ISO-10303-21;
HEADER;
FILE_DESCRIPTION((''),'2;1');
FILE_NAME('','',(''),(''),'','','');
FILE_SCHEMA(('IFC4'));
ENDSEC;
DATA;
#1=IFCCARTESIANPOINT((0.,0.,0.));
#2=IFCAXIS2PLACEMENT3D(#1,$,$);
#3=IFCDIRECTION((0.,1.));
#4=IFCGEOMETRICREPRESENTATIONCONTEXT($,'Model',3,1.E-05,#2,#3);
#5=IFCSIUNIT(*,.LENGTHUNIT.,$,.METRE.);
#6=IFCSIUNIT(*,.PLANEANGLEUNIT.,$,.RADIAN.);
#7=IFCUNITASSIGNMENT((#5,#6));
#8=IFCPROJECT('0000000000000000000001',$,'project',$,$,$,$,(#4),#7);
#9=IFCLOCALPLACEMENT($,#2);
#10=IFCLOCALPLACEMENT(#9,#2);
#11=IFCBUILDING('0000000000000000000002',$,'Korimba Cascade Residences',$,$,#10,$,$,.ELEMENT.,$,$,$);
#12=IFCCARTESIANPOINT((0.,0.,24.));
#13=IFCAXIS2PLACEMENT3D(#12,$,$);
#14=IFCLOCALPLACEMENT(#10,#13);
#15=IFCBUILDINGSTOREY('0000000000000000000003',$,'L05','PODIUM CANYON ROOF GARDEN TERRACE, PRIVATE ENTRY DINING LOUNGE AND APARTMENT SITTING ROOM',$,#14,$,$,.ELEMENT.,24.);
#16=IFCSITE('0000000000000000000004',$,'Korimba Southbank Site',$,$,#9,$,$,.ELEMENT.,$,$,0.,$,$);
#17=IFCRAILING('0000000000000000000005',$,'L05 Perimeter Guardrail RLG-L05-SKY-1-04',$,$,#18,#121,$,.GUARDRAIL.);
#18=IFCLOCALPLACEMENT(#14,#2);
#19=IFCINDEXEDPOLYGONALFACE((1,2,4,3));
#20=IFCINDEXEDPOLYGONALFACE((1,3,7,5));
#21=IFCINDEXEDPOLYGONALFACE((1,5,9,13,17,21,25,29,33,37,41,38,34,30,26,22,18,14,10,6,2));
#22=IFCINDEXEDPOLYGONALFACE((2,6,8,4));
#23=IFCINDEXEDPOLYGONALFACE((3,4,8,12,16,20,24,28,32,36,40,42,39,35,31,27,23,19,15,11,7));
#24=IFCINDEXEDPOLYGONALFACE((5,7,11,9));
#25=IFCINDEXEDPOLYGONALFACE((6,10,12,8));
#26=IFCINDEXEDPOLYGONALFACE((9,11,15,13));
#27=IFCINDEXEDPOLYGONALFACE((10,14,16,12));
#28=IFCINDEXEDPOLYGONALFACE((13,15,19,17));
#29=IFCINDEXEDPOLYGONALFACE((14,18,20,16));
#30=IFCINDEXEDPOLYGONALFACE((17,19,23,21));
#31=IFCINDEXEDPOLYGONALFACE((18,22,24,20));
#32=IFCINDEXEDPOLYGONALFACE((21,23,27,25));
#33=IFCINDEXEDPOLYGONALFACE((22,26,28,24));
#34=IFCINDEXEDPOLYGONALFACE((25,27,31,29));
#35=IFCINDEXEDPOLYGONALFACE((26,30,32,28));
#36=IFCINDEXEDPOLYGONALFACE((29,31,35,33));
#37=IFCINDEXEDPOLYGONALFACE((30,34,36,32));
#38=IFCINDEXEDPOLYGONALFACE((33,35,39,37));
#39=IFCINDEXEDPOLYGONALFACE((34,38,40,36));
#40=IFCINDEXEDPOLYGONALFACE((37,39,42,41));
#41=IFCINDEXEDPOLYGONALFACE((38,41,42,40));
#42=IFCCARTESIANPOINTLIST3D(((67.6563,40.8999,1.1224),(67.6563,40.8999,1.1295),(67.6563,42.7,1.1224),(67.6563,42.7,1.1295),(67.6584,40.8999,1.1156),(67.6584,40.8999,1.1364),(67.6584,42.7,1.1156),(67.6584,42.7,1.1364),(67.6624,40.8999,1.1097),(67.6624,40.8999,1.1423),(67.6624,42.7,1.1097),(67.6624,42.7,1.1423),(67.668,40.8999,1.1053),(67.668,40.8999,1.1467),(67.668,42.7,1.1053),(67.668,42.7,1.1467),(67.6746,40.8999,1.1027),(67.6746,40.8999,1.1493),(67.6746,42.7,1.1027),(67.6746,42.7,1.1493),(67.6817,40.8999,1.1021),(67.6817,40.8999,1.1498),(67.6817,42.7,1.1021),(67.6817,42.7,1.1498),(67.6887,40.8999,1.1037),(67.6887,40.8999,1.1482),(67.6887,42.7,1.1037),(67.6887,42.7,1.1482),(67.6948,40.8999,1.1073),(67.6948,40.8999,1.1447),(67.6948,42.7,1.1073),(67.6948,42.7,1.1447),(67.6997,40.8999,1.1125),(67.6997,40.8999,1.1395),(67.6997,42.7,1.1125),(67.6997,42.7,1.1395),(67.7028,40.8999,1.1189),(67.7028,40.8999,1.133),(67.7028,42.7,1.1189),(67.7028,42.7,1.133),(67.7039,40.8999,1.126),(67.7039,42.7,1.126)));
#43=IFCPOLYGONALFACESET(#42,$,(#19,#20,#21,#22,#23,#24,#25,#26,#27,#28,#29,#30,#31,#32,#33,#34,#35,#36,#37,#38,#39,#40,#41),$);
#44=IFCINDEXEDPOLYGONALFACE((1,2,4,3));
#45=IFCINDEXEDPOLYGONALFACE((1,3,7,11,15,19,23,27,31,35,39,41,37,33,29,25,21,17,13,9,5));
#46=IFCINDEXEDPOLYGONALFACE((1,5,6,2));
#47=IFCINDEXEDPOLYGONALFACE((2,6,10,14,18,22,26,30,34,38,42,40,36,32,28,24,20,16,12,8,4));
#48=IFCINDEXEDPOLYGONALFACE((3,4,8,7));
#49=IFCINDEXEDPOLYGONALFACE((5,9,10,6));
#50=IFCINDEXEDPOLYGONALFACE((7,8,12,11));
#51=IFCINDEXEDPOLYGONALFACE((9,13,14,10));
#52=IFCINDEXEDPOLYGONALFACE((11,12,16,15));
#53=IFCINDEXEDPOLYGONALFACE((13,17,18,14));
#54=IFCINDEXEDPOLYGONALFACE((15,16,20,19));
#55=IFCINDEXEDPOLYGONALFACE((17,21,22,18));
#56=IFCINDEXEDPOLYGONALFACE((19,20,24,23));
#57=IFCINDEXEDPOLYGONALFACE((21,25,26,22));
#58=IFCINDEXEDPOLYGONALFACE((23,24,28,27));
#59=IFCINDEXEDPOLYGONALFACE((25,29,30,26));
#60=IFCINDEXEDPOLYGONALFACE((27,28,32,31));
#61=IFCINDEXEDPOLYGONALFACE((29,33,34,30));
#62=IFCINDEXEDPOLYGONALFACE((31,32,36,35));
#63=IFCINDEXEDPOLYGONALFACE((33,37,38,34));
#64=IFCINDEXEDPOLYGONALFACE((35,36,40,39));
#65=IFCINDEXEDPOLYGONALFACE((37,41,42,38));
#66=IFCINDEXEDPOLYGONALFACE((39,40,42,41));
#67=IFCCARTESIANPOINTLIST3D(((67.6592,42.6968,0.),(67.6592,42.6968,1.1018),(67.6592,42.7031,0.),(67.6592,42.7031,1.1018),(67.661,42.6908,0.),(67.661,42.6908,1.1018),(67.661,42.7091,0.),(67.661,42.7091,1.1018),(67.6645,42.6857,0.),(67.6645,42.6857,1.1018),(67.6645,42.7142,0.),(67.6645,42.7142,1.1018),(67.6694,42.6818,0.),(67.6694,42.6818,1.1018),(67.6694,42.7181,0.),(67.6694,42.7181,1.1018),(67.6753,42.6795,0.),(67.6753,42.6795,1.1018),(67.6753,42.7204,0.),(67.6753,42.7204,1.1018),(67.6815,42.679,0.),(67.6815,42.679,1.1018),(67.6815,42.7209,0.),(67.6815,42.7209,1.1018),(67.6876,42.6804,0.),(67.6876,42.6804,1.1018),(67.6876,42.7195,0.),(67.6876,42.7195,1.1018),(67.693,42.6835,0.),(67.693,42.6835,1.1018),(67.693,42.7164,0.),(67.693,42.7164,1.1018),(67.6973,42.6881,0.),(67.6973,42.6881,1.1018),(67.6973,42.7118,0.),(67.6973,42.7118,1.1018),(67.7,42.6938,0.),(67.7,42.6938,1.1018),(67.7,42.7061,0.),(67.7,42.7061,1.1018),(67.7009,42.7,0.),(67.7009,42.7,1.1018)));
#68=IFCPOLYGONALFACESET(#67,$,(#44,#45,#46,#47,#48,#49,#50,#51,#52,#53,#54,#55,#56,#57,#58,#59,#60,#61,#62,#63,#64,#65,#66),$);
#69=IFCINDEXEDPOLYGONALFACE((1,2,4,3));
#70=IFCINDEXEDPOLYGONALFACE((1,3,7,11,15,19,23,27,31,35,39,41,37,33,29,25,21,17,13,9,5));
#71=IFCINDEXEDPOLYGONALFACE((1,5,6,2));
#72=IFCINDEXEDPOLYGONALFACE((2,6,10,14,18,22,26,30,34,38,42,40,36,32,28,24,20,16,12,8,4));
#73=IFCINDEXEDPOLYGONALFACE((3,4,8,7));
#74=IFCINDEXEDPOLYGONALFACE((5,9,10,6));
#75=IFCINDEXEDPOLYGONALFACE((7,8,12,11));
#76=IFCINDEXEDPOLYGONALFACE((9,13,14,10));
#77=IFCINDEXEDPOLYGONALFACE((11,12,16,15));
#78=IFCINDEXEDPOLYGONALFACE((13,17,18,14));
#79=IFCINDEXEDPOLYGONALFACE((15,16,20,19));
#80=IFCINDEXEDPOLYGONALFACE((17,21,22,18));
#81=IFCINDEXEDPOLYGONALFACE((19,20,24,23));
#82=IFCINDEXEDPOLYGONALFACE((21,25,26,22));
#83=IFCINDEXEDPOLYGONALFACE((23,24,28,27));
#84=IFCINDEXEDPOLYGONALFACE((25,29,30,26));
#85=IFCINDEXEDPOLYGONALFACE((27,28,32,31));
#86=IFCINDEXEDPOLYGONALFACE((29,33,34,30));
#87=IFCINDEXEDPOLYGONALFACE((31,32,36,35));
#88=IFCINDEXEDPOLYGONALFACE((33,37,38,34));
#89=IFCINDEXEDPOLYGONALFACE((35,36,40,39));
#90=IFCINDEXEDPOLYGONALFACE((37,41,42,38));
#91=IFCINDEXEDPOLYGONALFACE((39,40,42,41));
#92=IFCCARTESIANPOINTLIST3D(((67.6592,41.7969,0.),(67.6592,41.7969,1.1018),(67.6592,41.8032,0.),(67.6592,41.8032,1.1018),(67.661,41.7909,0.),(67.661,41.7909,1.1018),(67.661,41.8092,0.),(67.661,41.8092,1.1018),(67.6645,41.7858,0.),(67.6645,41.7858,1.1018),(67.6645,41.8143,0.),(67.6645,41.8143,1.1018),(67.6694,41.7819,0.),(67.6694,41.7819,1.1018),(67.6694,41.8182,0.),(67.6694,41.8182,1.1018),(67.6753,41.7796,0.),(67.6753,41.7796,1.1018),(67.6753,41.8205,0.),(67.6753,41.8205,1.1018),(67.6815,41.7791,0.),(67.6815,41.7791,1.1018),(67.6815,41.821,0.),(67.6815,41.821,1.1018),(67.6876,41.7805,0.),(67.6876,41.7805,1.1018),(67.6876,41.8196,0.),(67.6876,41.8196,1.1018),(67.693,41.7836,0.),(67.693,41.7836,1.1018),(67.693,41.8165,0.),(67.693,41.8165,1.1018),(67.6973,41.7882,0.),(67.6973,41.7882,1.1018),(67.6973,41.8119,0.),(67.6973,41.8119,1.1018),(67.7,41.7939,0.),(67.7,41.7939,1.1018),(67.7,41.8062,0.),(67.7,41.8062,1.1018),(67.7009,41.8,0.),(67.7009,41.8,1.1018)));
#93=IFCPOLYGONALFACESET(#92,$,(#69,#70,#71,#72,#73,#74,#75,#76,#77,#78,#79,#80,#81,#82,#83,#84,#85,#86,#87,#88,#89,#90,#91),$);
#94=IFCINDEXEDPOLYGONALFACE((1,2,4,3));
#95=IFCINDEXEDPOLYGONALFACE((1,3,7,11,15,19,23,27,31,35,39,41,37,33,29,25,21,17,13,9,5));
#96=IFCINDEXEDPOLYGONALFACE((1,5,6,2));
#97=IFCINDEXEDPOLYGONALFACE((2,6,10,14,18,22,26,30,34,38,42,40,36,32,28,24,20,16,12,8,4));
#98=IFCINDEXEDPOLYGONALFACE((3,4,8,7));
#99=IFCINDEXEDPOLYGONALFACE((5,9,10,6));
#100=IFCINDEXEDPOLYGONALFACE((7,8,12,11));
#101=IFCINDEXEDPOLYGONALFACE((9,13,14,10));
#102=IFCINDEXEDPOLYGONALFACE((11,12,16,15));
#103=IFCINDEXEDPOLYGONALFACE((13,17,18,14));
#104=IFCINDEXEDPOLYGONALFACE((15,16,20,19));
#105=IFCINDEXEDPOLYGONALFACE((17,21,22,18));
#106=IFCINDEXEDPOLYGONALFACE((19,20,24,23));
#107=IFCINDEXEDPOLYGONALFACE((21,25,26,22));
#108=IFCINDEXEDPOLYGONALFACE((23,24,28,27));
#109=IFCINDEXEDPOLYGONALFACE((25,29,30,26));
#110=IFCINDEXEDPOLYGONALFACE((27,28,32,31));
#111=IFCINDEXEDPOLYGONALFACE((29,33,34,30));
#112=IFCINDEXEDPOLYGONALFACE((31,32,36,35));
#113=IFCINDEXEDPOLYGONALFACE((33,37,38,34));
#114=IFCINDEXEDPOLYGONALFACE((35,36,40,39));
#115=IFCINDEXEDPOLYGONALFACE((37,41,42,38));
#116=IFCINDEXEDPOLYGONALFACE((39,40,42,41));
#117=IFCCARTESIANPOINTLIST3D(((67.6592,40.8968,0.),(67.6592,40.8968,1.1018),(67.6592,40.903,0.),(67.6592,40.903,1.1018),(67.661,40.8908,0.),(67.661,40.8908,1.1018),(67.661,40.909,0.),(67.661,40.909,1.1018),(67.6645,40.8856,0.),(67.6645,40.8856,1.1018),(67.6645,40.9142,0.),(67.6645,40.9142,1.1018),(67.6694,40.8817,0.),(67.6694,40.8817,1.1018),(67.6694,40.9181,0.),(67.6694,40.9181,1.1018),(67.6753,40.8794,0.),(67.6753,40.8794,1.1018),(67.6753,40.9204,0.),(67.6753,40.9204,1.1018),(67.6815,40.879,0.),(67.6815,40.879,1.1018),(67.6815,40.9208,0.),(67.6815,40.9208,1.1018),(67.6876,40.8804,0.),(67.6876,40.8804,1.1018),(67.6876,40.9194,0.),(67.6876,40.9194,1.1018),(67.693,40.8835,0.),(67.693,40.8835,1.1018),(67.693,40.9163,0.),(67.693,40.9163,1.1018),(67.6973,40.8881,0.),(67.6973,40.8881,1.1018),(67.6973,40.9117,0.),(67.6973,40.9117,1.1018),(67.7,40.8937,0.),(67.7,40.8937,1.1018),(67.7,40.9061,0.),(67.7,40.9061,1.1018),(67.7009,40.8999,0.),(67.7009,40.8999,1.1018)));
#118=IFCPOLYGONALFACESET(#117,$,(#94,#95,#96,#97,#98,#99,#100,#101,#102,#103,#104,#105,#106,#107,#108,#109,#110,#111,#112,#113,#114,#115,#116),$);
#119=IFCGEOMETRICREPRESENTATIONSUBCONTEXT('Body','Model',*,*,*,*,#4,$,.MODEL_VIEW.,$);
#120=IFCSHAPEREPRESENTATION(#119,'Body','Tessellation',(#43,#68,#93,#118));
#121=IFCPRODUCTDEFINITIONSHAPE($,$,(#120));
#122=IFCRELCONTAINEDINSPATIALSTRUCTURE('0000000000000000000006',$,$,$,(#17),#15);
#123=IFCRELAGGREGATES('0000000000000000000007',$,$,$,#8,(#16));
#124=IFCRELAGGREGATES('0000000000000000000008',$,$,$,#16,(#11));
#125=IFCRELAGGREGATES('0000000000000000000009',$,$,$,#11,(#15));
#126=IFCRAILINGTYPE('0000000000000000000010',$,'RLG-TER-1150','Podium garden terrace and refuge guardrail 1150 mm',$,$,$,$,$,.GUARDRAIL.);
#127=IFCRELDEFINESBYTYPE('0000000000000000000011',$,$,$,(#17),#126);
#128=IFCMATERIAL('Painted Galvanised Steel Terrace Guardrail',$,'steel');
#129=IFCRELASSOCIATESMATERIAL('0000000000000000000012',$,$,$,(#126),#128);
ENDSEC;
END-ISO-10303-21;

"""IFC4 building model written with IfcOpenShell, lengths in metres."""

from ifc_helpers import new_model, si_unit, direction, frame, origin, origin_2d, place, context, subcontext, project, spatial, circle, extrude, material, type_object, element, save


model = new_model("IFC4")

# Units and contexts
model_context = context("Model", 3, precision=1e-05, world=origin(), true_north=direction((0.0, 1.0)))
body_context = subcontext(model_context, "Body", "Model", "MODEL_VIEW")
ifc_project = project(units=[si_unit("LENGTHUNIT", "METRE"), si_unit("PLANEANGLEUNIT", "RADIAN")], contexts=[model_context])

# Site, building, storey
site_placement = place(None, origin())
site = spatial("IfcSite", under=ifc_project, at=site_placement, Name="Korimba Southbank Site", CompositionType="ELEMENT", RefElevation=0.0)
building_placement = place(site_placement, origin())
building = spatial("IfcBuilding", under=site, at=building_placement, Name="Korimba Cascade Residences", CompositionType="ELEMENT")
storey_placement = place(building_placement, frame((0.0, 0.0, 24.0)))
storey = spatial("IfcBuildingStorey", under=building, at=storey_placement, Name="L05", Description="PODIUM CANYON ROOF GARDEN TERRACE, PRIVATE ENTRY DINING LOUNGE AND APARTMENT SITTING ROOM", CompositionType="ELEMENT", Elevation=24.0)

# Railing
ifc_material_1 = material(Name="Painted Galvanised Steel Terrace Guardrail", Category="steel")
railing_type = type_object("IfcRailingType", Name="RLG-TER-1150", Description="Podium garden terrace and refuge guardrail 1150 mm", PredefinedType="GUARDRAIL", material=ifc_material_1)
railing_1_placement = place(storey_placement, frame((67.6799, 42.7, 0.0)))
element("IfcRailing", 1, at=railing_1_placement, inside=storey, type_object=railing_type, Name="L05 Perimeter Guardrail RLG-L05-SKY-1-04", PredefinedType="GUARDRAIL", context=body_context, shape_type="SweptSolid", body=[
    extrude(circle(Radius=0.0239, at=origin_2d()), frame((0.0, 0.0, 1.126), z_axis=(0.0, -1.0, 0.0), x_axis=(1.0, 0.0, 0.0)), (0.0, 0.0, 1.0), 1.8),
    extrude(circle(Radius=0.021, at=origin_2d()), origin(), (0.0, 0.0, 1.0), 1.1018),
    extrude(circle(Radius=0.021, at=origin_2d()), frame((0.0, -0.8999, 0.0)), (0.0, 0.0, 1.0), 1.1018),
    extrude(circle(Radius=0.021, at=origin_2d()), frame((0.0, -1.8, 0.0)), (0.0, 0.0, 1.0), 1.1018),
])

save(model, "model.ifc")
